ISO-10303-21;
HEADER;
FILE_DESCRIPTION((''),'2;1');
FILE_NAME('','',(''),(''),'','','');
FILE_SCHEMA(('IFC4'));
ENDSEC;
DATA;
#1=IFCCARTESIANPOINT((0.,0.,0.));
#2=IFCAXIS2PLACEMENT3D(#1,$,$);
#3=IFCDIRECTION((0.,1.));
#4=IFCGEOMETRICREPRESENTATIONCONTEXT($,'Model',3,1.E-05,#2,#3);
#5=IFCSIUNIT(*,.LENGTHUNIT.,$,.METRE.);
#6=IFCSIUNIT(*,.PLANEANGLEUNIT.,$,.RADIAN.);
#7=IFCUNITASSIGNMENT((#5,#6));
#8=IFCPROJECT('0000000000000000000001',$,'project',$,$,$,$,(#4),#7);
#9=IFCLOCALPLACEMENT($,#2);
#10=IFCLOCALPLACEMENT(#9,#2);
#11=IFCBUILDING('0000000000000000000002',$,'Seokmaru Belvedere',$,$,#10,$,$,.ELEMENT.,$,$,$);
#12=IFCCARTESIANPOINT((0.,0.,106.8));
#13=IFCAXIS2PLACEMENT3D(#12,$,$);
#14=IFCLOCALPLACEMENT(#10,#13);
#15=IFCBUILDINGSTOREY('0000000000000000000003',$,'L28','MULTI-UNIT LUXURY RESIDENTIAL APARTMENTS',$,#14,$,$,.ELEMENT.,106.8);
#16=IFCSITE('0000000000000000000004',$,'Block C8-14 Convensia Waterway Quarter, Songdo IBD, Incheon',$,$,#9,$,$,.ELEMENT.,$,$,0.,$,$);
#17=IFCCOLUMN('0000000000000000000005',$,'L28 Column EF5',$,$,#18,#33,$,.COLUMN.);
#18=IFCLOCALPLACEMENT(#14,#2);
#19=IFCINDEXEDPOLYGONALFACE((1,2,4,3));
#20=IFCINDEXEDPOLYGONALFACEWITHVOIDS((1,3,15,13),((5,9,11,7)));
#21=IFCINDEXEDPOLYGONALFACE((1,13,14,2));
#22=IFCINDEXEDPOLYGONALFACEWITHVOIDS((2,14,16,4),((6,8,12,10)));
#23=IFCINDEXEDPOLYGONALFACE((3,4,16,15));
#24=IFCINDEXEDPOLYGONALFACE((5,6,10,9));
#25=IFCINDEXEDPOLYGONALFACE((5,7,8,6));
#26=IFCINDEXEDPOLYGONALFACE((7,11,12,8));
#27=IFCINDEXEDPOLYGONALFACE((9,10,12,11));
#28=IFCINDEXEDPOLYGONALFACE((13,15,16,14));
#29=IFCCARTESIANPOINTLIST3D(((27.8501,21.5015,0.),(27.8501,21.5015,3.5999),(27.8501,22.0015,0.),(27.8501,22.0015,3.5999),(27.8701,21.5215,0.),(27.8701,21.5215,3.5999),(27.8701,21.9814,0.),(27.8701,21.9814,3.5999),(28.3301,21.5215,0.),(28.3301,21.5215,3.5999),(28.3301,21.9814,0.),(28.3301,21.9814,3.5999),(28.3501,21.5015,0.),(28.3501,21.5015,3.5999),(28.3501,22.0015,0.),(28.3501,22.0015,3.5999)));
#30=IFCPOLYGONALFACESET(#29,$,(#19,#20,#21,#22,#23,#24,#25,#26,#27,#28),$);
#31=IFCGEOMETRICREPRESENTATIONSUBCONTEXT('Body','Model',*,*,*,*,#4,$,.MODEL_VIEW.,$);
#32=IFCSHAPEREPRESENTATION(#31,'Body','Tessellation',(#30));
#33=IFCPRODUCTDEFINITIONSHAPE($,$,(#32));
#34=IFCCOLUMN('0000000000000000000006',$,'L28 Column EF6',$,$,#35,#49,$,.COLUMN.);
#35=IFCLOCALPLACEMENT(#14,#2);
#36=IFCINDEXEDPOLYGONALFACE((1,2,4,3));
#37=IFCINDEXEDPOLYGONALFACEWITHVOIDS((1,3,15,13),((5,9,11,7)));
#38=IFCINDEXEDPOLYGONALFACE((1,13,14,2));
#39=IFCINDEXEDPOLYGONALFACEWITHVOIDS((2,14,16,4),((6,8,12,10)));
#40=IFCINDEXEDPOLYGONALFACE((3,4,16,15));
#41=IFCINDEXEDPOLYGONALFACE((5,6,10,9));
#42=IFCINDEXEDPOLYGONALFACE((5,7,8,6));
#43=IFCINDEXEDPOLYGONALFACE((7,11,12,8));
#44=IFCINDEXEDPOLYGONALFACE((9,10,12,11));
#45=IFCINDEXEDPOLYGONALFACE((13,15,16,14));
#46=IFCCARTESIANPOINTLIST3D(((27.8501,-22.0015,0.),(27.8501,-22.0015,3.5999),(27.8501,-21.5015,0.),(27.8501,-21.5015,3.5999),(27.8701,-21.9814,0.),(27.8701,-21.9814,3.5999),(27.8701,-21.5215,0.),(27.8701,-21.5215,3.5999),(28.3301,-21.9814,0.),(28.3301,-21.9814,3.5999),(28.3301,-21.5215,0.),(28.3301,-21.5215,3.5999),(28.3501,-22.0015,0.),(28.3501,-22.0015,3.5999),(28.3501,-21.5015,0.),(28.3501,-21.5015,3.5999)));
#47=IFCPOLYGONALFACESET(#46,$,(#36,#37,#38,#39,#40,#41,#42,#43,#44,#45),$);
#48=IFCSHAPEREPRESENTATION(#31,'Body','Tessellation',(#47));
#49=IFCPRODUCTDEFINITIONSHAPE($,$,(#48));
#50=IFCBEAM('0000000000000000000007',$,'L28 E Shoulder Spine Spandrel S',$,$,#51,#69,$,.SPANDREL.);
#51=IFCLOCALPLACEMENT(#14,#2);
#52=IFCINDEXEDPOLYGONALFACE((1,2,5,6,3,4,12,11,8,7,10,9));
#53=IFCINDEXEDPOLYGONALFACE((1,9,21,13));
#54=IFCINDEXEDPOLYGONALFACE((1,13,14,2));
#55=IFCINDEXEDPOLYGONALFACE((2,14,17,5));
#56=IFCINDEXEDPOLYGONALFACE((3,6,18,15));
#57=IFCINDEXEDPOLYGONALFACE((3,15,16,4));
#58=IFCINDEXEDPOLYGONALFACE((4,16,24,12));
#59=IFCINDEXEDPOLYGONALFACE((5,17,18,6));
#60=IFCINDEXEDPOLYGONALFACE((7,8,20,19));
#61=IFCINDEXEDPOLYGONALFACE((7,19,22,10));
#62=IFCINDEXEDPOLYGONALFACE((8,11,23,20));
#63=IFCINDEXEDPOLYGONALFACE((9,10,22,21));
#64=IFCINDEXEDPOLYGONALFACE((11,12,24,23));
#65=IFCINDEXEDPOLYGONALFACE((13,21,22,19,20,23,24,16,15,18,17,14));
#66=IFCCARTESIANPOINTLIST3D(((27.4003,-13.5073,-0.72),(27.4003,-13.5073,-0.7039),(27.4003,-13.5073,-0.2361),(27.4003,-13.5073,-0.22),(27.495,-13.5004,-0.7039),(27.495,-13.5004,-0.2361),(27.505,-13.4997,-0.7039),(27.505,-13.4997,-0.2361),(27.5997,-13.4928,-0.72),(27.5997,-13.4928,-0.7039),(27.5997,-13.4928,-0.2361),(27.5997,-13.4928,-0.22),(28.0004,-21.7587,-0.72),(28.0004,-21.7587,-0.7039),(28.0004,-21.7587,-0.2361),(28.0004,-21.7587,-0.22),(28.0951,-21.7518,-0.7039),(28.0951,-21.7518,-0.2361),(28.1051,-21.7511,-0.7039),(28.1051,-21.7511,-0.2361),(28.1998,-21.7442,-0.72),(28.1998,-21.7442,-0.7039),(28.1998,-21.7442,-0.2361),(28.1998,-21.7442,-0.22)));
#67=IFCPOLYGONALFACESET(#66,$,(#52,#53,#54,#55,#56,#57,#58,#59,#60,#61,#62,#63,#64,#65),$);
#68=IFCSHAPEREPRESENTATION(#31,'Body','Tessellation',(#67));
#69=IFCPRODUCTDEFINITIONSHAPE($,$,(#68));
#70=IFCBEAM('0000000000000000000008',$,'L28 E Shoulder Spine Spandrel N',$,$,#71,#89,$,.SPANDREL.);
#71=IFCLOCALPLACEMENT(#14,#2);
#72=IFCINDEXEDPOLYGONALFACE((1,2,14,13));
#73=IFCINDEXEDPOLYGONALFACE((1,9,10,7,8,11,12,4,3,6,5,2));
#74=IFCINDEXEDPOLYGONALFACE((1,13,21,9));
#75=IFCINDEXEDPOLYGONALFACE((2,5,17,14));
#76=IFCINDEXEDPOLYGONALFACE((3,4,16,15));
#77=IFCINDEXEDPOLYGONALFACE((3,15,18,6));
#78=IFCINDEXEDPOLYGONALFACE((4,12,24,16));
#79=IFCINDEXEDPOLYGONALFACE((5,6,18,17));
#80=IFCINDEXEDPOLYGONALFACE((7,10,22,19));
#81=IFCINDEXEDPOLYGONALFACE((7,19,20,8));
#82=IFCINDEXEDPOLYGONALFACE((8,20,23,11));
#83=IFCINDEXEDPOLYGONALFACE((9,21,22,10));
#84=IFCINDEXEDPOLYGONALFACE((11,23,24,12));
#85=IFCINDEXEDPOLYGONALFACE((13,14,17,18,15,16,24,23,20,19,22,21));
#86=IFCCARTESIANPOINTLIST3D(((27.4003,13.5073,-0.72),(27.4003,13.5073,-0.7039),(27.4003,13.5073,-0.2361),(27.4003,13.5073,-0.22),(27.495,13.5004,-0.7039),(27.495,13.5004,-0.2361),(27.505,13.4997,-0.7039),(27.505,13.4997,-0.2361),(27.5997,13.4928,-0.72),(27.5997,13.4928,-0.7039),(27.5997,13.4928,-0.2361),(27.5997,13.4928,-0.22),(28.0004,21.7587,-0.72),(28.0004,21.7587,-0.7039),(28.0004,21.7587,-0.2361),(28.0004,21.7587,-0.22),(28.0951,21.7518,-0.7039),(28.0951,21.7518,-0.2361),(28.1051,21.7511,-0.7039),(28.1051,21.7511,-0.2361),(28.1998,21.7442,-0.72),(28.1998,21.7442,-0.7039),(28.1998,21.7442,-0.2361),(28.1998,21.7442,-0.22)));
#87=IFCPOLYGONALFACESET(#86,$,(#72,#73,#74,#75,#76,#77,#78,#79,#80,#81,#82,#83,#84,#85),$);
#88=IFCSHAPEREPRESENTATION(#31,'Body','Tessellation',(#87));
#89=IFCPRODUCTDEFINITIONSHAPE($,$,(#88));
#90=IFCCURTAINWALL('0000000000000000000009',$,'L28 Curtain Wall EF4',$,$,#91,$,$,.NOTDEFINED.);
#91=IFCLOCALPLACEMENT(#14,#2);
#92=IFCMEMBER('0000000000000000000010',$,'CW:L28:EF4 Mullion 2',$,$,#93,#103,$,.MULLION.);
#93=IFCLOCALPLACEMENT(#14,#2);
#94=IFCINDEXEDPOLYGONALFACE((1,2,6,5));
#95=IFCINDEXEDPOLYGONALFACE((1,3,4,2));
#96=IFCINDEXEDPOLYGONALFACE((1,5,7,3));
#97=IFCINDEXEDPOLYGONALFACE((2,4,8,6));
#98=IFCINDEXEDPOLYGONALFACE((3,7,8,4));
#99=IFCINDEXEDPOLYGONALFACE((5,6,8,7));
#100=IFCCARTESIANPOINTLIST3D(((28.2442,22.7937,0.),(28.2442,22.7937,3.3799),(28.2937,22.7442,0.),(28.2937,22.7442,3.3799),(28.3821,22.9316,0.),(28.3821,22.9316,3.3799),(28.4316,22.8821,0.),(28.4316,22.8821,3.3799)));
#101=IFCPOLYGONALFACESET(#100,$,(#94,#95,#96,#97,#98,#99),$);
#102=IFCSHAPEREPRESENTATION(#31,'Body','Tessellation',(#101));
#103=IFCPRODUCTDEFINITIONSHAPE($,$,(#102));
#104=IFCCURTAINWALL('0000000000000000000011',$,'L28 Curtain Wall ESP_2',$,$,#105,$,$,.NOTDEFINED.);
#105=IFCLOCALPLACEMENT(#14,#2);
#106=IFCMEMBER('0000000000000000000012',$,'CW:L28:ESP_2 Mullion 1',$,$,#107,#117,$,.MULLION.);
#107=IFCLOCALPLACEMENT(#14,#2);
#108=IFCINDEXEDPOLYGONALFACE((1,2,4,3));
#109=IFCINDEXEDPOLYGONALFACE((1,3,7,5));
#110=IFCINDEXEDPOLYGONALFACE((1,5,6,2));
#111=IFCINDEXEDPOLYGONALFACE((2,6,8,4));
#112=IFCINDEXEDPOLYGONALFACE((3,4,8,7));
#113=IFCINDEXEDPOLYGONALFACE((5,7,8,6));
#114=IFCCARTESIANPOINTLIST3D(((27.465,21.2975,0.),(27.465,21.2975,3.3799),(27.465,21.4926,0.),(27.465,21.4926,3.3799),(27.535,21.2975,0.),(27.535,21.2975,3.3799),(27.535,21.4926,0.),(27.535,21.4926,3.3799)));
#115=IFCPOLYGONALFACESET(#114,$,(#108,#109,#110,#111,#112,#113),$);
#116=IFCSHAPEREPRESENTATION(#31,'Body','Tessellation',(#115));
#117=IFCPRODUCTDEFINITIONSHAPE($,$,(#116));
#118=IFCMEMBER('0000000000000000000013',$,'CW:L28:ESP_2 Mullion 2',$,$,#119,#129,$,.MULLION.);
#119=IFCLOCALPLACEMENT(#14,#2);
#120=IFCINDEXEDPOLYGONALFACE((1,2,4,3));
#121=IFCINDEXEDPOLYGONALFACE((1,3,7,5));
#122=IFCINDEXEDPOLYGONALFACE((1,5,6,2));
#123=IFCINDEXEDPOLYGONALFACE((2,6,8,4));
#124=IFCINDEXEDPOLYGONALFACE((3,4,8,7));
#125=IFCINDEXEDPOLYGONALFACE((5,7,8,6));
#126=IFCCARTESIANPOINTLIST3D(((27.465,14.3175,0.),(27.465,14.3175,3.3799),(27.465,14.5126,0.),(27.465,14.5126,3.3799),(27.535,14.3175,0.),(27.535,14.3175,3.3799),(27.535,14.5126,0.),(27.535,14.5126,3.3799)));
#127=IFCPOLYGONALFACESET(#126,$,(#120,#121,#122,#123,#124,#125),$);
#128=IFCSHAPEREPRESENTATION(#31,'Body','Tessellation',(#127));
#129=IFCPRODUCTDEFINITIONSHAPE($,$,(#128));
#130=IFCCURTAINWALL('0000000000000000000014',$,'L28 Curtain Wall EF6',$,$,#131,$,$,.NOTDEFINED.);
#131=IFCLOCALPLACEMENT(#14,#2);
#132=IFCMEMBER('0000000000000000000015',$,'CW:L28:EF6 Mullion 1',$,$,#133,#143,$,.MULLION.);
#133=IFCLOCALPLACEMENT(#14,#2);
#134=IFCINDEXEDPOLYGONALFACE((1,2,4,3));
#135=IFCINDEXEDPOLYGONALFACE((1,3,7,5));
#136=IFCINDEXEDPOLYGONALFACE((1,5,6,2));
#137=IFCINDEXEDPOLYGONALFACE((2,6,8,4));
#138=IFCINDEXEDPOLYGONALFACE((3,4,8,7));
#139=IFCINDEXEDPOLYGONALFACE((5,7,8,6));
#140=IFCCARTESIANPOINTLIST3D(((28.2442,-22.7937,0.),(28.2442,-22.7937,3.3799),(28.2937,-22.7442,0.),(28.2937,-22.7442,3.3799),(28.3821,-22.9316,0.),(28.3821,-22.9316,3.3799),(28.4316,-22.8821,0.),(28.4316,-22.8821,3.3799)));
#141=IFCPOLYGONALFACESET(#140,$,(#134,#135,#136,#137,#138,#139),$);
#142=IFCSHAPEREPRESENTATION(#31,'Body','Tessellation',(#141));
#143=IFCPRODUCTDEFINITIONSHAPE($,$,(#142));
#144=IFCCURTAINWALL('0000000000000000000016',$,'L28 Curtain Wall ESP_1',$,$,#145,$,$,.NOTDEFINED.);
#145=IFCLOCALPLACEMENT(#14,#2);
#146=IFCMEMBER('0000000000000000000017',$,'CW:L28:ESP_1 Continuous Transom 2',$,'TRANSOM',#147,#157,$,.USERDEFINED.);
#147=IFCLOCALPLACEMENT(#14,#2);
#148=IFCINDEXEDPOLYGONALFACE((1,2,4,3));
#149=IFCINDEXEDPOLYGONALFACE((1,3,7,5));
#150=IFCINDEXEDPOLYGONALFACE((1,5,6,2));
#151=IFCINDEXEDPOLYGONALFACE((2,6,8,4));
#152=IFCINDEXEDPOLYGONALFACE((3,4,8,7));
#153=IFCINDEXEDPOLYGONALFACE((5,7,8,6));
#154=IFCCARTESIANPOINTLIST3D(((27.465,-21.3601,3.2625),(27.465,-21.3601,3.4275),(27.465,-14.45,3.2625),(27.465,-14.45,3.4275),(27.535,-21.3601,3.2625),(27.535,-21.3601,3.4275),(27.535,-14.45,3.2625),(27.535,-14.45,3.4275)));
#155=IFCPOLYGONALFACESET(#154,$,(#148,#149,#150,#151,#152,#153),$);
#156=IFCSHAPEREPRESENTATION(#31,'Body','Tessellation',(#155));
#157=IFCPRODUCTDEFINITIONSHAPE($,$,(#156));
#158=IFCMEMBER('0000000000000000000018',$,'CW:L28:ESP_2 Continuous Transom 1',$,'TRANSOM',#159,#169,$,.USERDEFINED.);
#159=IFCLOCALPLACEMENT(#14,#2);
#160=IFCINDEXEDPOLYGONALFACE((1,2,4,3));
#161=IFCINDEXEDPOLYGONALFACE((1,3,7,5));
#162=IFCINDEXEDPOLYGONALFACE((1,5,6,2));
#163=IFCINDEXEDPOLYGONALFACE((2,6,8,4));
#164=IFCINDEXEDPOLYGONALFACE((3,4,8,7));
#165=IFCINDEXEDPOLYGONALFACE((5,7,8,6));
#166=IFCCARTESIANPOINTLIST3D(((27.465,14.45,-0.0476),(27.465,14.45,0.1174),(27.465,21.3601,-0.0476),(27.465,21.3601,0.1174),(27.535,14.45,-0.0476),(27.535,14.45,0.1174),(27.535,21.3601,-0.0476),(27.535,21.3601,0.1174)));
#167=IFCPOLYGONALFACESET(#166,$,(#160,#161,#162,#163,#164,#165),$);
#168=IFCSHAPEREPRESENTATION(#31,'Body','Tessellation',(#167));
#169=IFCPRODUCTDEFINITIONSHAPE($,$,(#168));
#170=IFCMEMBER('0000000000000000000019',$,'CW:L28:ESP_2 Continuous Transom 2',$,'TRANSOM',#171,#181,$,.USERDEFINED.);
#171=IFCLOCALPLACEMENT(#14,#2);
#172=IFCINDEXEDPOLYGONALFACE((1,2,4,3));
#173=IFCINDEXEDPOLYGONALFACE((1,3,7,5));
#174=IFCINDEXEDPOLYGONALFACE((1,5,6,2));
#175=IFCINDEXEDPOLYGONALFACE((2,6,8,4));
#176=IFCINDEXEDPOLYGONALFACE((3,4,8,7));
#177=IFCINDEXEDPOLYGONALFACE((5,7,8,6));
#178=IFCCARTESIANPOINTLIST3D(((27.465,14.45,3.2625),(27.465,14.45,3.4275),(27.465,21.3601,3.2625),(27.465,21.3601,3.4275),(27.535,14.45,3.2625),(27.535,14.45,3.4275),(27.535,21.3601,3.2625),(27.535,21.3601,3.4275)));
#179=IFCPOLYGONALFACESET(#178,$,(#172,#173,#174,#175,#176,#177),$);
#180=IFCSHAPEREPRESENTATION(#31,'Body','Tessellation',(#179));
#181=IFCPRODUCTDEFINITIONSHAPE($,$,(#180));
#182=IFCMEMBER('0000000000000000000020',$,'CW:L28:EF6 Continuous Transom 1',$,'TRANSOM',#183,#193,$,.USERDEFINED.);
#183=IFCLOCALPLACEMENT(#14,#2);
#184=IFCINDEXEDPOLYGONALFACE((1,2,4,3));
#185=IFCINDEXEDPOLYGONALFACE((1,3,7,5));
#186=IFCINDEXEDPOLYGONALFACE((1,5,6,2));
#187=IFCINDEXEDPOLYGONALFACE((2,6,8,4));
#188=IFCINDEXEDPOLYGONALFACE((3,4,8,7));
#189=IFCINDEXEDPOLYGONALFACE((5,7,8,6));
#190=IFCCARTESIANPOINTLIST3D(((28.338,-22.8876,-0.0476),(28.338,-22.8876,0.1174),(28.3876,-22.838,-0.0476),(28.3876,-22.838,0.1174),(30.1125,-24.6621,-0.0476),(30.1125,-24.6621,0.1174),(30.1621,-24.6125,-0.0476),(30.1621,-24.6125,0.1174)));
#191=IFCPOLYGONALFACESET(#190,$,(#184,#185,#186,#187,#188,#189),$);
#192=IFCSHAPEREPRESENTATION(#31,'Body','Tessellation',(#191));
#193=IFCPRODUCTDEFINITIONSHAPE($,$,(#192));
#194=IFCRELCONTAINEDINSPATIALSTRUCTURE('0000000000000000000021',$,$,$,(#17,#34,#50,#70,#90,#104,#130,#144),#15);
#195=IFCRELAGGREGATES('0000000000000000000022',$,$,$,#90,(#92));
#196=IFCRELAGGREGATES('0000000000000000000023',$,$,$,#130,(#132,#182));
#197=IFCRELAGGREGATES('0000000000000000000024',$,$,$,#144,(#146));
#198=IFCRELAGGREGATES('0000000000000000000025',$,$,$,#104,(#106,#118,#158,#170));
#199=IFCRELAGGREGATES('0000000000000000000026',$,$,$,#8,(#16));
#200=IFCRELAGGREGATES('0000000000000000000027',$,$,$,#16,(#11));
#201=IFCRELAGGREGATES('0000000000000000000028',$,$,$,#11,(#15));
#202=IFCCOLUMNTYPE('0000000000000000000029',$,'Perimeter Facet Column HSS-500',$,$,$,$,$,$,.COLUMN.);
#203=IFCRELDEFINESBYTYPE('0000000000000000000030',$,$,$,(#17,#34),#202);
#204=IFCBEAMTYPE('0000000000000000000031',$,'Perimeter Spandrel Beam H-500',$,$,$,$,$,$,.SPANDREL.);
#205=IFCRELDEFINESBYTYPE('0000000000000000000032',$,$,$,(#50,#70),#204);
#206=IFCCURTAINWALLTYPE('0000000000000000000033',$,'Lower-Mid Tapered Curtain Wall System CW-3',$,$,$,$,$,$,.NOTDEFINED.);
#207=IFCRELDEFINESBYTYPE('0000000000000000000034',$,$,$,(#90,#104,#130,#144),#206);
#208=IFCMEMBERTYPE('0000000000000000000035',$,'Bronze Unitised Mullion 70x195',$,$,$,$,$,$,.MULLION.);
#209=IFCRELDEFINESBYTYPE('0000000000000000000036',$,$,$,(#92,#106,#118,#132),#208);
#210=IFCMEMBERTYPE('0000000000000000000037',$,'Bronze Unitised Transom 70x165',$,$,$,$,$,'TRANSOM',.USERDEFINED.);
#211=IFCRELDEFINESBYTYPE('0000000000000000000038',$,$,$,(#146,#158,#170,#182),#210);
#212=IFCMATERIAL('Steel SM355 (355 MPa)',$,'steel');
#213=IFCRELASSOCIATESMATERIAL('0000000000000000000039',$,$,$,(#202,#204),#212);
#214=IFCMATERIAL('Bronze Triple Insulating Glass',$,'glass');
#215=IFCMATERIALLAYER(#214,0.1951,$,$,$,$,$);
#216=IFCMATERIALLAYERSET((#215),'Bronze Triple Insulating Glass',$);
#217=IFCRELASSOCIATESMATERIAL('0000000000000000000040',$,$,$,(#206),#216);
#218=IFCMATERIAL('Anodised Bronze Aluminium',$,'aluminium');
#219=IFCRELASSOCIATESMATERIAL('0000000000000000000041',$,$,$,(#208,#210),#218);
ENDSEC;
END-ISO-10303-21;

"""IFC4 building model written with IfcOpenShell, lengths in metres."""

from ifc_helpers import new_model, si_unit, direction, frame, origin, origin_2d, place, context, subcontext, project, spatial, rectangle, hollow_rectangle, i_section, extrude, source, transform, mapped, material, layer, layer_set, material_profile, profile_set, type_object, type_shapes, element, aggregate, save


model = new_model("IFC4")

# Units and contexts
model_context = context("Model", 3, precision=1e-05, world=origin(), true_north=direction((0.0, 1.0)))
body_context = subcontext(model_context, "Body", "Model", "MODEL_VIEW")
ifc_project = project(units=[si_unit("LENGTHUNIT", "METRE"), si_unit("PLANEANGLEUNIT", "RADIAN")], contexts=[model_context])

# Site, building, storey
site_placement = place(None, origin())
site = spatial("IfcSite", under=ifc_project, at=site_placement, Name="Block C8-14 Convensia Waterway Quarter, Songdo IBD, Incheon", CompositionType="ELEMENT", RefElevation=0.0)
building_placement = place(site_placement, origin())
building = spatial("IfcBuilding", under=site, at=building_placement, Name="Seokmaru Belvedere", CompositionType="ELEMENT")
storey_placement = place(building_placement, frame((0.0, 0.0, 106.8)))
storey = spatial("IfcBuildingStorey", under=building, at=storey_placement, Name="L28", Description="MULTI-UNIT LUXURY RESIDENTIAL APARTMENTS", CompositionType="ELEMENT", Elevation=106.8)

# Columns
ifc_material_1 = material(Name="Steel SM355 (355 MPa)", Category="steel")
ifc_material_profile_1 = material_profile(ifc_material_1, hollow_rectangle(XDim=0.5, YDim=0.5, WallThickness=0.02, at=origin_2d()), Name="HSS-500x500x20")
ifc_profile_set_1 = profile_set([ifc_material_profile_1], Name="Steel SM355 (355 MPa)")
column_type = type_object("IfcColumnType", Name="Perimeter Facet Column HSS-500", PredefinedType="COLUMN", material=ifc_profile_set_1)
shared_shape_1 = source(origin(), body_context, "Body", "SweptSolid", [
    extrude(hollow_rectangle(XDim=0.5, YDim=0.5, WallThickness=0.02, at=origin_2d()), origin(), (0.0, 0.0, 1.0), 3.5999),
])
type_shapes(column_type, [shared_shape_1])
for number, where, z_axis, x_axis, name in (
    (1, (28.1001, 21.7515, 0.0), (0.0, 0.0, 1.0), (1.0, 0.0, 0.0), "L28 Column EF5"),
    (2, (28.1001, -21.7515, 0.0), (0.0, 0.0, 1.0), (1.0, 0.0, 0.0), "L28 Column EF6"),
):
    element("IfcColumn", number, at=place(storey_placement, frame(where, z_axis=z_axis, x_axis=x_axis)), inside=storey, type_object=column_type, Name=name, PredefinedType="COLUMN", context=body_context, shape_type="MappedRepresentation", body=[
        mapped(shared_shape_1, transform((0.0, 0.0, 0.0), scale=1.0)),
    ])

# Beams
ifc_material_profile_2 = material_profile(ifc_material_1, i_section(OverallWidth=0.2, OverallDepth=0.5, WebThickness=0.01, FlangeThickness=0.0161, at=origin_2d()), Name="H-500x200x10x16")
ifc_profile_set_2 = profile_set([ifc_material_profile_2], Name="Steel SM355 (355 MPa)")
beam_type = type_object("IfcBeamType", Name="Perimeter Spandrel Beam H-500", PredefinedType="SPANDREL", material=ifc_profile_set_2)
shared_shape_2 = source(origin(), body_context, "Body", "SweptSolid", [
    extrude(i_section(OverallWidth=0.2, OverallDepth=0.5, WebThickness=0.01, FlangeThickness=0.0161, at=origin_2d()), origin(), (0.0, 0.0, 1.0), 8.2732),
])
type_shapes(beam_type, [shared_shape_2])
for number, where, z_axis, x_axis, name in (
    (3, (28.1001, -21.7515, -0.47), (-0.072535, 0.997366, 0.0), (-0.997366, -0.072535, 0.0), "L28 E Shoulder Spine Spandrel S"),
    (4, (28.1001, 21.7515, -0.47), (-0.072535, -0.997366, 0.0), (0.997366, -0.072535, 0.0), "L28 E Shoulder Spine Spandrel N"),
):
    element("IfcBeam", number, at=place(storey_placement, frame(where, z_axis=z_axis, x_axis=x_axis)), inside=storey, type_object=beam_type, Name=name, PredefinedType="SPANDREL", context=body_context, shape_type="MappedRepresentation", body=[
        mapped(shared_shape_2, transform((0.0, 0.0, 0.0), scale=1.0)),
    ])

# Curtain wall, member
ifc_material_2 = material(Name="Bronze Triple Insulating Glass", Category="glass")
ifc_layer_1 = layer(ifc_material_2, 0.1951)
ifc_layer_set_1 = layer_set([ifc_layer_1], Name="Bronze Triple Insulating Glass")
curtain_wall_type = type_object("IfcCurtainWallType", Name="Lower-Mid Tapered Curtain Wall System CW-3", PredefinedType="NOTDEFINED", material=ifc_layer_set_1)
curtain_wall_1_placement = place(storey_placement, origin())
curtain_wall_1 = element("IfcCurtainWall", 5, at=curtain_wall_1_placement, inside=storey, type_object=curtain_wall_type, Name="L28 Curtain Wall EF4", PredefinedType="NOTDEFINED")
ifc_material_3 = material(Name="Anodised Bronze Aluminium", Category="aluminium")
ifc_material_profile_3 = material_profile(ifc_material_3, rectangle(XDim=0.0701, YDim=0.1951, at=origin_2d()), Name="CW-M-70x195")
ifc_profile_set_3 = profile_set([ifc_material_profile_3], Name="Anodised Bronze Aluminium")
member_type_1 = type_object("IfcMemberType", Name="Bronze Unitised Mullion 70x195", PredefinedType="MULLION", material=ifc_profile_set_3)
shared_shape_3 = source(origin(), body_context, "Body", "SweptSolid", [
    extrude(rectangle(XDim=0.0701, YDim=0.1951, at=origin_2d()), origin(), (0.0, 0.0, 1.0), 3.3799),
])
type_shapes(member_type_1, [shared_shape_3])
member_1_placement = place(storey_placement, frame((28.3379, 22.8379, 0.0), z_axis=(0.0, 0.0, 1.0), x_axis=(0.707107, -0.707107, 0.0)))
member_1 = element("IfcMember", 6, at=member_1_placement, type_object=member_type_1, Name="CW:L28:EF4 Mullion 2", PredefinedType="MULLION", context=body_context, shape_type="MappedRepresentation", body=[
    mapped(shared_shape_3, transform((0.0, 0.0, 0.0), scale=1.0)),
])
aggregate(curtain_wall_1, [member_1])

# Curtain wall, members
curtain_wall_2_placement = place(storey_placement, origin())
curtain_wall_2 = element("IfcCurtainWall", 7, at=curtain_wall_2_placement, inside=storey, type_object=curtain_wall_type, Name="L28 Curtain Wall ESP_2", PredefinedType="NOTDEFINED")
member_2_placement = place(storey_placement, frame((27.5, 21.395, 0.0), z_axis=(0.0, 0.0, 1.0), x_axis=(1.0, 0.0, 0.0)))
member_2 = element("IfcMember", 8, at=member_2_placement, type_object=member_type_1, Name="CW:L28:ESP_2 Mullion 1", PredefinedType="MULLION", context=body_context, shape_type="MappedRepresentation", body=[
    mapped(shared_shape_3, transform((0.0, 0.0, 0.0), scale=1.0)),
])
member_3_placement = place(storey_placement, frame((27.5, 14.415, 0.0), z_axis=(0.0, 0.0, 1.0), x_axis=(1.0, 0.0, 0.0)))
member_3 = element("IfcMember", 9, at=member_3_placement, type_object=member_type_1, Name="CW:L28:ESP_2 Mullion 2", PredefinedType="MULLION", context=body_context, shape_type="MappedRepresentation", body=[
    mapped(shared_shape_3, transform((0.0, 0.0, 0.0), scale=1.0)),
])

# Curtain walls, members
curtain_wall_3_placement = place(storey_placement, origin())
curtain_wall_3 = element("IfcCurtainWall", 10, at=curtain_wall_3_placement, inside=storey, type_object=curtain_wall_type, Name="L28 Curtain Wall EF6", PredefinedType="NOTDEFINED")
member_4_placement = place(storey_placement, frame((28.3379, -22.8379, 0.0), z_axis=(0.0, 0.0, 1.0), x_axis=(0.707107, 0.707107, 0.0)))
member_4 = element("IfcMember", 11, at=member_4_placement, type_object=member_type_1, Name="CW:L28:EF6 Mullion 1", PredefinedType="MULLION", context=body_context, shape_type="MappedRepresentation", body=[
    mapped(shared_shape_3, transform((0.0, 0.0, 0.0), scale=1.0)),
])
curtain_wall_4_placement = place(storey_placement, origin())
curtain_wall_4 = element("IfcCurtainWall", 12, at=curtain_wall_4_placement, inside=storey, type_object=curtain_wall_type, Name="L28 Curtain Wall ESP_1", PredefinedType="NOTDEFINED")
ifc_material_profile_4 = material_profile(ifc_material_3, rectangle(XDim=0.0701, YDim=0.165, at=origin_2d()), Name="CW-T-70x165")
ifc_profile_set_4 = profile_set([ifc_material_profile_4], Name="Anodised Bronze Aluminium")
member_type_2 = type_object("IfcMemberType", Name="Bronze Unitised Transom 70x165", ElementType="TRANSOM", PredefinedType="USERDEFINED", material=ifc_profile_set_4)
shared_shape_4 = source(origin(), body_context, "Body", "SweptSolid", [
    extrude(rectangle(XDim=0.0701, YDim=0.165, at=origin_2d()), origin(), (0.0, 0.0, 1.0), 6.9102),
])
member_5_placement = place(storey_placement, frame((27.5, -14.45, 3.345), z_axis=(0.0, -1.0, 0.0), x_axis=(1.0, 0.0, 0.0)))
member_5 = element("IfcMember", 13, at=member_5_placement, type_object=member_type_2, Name="CW:L28:ESP_1 Continuous Transom 2", ObjectType="TRANSOM", PredefinedType="USERDEFINED", context=body_context, shape_type="MappedRepresentation", body=[
    mapped(shared_shape_4, transform((0.0, 0.0, 0.0), scale=1.0)),
])

# Members
member_6_placement = place(storey_placement, frame((27.5, 21.3601, 0.0349), z_axis=(0.0, -1.0, 0.0), x_axis=(1.0, 0.0, 0.0)))
member_6 = element("IfcMember", 14, at=member_6_placement, type_object=member_type_2, Name="CW:L28:ESP_2 Continuous Transom 1", ObjectType="TRANSOM", PredefinedType="USERDEFINED", context=body_context, shape_type="MappedRepresentation", body=[
    mapped(shared_shape_4, transform((0.0, 0.0, 0.0), scale=1.0)),
])
member_7_placement = place(storey_placement, frame((27.5, 21.3601, 3.345), z_axis=(0.0, -1.0, 0.0), x_axis=(1.0, 0.0, 0.0)))
member_7 = element("IfcMember", 15, at=member_7_placement, type_object=member_type_2, Name="CW:L28:ESP_2 Continuous Transom 2", ObjectType="TRANSOM", PredefinedType="USERDEFINED", context=body_context, shape_type="MappedRepresentation", body=[
    mapped(shared_shape_4, transform((0.0, 0.0, 0.0), scale=1.0)),
])
shared_shape_5 = source(origin(), body_context, "Body", "SweptSolid", [
    extrude(rectangle(XDim=0.0701, YDim=0.165, at=origin_2d()), origin(), (0.0, 0.0, 1.0), 2.5095),
])
type_shapes(member_type_2, [shared_shape_4, shared_shape_5])
member_8_placement = place(storey_placement, frame((28.3628, -22.8628, 0.0349), z_axis=(0.707107, -0.707107, 0.0), x_axis=(0.707107, 0.707107, 0.0)))
member_8 = element("IfcMember", 16, at=member_8_placement, type_object=member_type_2, Name="CW:L28:EF6 Continuous Transom 1", ObjectType="TRANSOM", PredefinedType="USERDEFINED", context=body_context, shape_type="MappedRepresentation", body=[
    mapped(shared_shape_5, transform((0.0, 0.0, 0.0), scale=1.0)),
])
aggregate(curtain_wall_3, [member_4, member_8])

aggregate(curtain_wall_4, [member_5])
aggregate(curtain_wall_2, [member_2, member_3, member_6, member_7])

save(model, "model.ifc")
